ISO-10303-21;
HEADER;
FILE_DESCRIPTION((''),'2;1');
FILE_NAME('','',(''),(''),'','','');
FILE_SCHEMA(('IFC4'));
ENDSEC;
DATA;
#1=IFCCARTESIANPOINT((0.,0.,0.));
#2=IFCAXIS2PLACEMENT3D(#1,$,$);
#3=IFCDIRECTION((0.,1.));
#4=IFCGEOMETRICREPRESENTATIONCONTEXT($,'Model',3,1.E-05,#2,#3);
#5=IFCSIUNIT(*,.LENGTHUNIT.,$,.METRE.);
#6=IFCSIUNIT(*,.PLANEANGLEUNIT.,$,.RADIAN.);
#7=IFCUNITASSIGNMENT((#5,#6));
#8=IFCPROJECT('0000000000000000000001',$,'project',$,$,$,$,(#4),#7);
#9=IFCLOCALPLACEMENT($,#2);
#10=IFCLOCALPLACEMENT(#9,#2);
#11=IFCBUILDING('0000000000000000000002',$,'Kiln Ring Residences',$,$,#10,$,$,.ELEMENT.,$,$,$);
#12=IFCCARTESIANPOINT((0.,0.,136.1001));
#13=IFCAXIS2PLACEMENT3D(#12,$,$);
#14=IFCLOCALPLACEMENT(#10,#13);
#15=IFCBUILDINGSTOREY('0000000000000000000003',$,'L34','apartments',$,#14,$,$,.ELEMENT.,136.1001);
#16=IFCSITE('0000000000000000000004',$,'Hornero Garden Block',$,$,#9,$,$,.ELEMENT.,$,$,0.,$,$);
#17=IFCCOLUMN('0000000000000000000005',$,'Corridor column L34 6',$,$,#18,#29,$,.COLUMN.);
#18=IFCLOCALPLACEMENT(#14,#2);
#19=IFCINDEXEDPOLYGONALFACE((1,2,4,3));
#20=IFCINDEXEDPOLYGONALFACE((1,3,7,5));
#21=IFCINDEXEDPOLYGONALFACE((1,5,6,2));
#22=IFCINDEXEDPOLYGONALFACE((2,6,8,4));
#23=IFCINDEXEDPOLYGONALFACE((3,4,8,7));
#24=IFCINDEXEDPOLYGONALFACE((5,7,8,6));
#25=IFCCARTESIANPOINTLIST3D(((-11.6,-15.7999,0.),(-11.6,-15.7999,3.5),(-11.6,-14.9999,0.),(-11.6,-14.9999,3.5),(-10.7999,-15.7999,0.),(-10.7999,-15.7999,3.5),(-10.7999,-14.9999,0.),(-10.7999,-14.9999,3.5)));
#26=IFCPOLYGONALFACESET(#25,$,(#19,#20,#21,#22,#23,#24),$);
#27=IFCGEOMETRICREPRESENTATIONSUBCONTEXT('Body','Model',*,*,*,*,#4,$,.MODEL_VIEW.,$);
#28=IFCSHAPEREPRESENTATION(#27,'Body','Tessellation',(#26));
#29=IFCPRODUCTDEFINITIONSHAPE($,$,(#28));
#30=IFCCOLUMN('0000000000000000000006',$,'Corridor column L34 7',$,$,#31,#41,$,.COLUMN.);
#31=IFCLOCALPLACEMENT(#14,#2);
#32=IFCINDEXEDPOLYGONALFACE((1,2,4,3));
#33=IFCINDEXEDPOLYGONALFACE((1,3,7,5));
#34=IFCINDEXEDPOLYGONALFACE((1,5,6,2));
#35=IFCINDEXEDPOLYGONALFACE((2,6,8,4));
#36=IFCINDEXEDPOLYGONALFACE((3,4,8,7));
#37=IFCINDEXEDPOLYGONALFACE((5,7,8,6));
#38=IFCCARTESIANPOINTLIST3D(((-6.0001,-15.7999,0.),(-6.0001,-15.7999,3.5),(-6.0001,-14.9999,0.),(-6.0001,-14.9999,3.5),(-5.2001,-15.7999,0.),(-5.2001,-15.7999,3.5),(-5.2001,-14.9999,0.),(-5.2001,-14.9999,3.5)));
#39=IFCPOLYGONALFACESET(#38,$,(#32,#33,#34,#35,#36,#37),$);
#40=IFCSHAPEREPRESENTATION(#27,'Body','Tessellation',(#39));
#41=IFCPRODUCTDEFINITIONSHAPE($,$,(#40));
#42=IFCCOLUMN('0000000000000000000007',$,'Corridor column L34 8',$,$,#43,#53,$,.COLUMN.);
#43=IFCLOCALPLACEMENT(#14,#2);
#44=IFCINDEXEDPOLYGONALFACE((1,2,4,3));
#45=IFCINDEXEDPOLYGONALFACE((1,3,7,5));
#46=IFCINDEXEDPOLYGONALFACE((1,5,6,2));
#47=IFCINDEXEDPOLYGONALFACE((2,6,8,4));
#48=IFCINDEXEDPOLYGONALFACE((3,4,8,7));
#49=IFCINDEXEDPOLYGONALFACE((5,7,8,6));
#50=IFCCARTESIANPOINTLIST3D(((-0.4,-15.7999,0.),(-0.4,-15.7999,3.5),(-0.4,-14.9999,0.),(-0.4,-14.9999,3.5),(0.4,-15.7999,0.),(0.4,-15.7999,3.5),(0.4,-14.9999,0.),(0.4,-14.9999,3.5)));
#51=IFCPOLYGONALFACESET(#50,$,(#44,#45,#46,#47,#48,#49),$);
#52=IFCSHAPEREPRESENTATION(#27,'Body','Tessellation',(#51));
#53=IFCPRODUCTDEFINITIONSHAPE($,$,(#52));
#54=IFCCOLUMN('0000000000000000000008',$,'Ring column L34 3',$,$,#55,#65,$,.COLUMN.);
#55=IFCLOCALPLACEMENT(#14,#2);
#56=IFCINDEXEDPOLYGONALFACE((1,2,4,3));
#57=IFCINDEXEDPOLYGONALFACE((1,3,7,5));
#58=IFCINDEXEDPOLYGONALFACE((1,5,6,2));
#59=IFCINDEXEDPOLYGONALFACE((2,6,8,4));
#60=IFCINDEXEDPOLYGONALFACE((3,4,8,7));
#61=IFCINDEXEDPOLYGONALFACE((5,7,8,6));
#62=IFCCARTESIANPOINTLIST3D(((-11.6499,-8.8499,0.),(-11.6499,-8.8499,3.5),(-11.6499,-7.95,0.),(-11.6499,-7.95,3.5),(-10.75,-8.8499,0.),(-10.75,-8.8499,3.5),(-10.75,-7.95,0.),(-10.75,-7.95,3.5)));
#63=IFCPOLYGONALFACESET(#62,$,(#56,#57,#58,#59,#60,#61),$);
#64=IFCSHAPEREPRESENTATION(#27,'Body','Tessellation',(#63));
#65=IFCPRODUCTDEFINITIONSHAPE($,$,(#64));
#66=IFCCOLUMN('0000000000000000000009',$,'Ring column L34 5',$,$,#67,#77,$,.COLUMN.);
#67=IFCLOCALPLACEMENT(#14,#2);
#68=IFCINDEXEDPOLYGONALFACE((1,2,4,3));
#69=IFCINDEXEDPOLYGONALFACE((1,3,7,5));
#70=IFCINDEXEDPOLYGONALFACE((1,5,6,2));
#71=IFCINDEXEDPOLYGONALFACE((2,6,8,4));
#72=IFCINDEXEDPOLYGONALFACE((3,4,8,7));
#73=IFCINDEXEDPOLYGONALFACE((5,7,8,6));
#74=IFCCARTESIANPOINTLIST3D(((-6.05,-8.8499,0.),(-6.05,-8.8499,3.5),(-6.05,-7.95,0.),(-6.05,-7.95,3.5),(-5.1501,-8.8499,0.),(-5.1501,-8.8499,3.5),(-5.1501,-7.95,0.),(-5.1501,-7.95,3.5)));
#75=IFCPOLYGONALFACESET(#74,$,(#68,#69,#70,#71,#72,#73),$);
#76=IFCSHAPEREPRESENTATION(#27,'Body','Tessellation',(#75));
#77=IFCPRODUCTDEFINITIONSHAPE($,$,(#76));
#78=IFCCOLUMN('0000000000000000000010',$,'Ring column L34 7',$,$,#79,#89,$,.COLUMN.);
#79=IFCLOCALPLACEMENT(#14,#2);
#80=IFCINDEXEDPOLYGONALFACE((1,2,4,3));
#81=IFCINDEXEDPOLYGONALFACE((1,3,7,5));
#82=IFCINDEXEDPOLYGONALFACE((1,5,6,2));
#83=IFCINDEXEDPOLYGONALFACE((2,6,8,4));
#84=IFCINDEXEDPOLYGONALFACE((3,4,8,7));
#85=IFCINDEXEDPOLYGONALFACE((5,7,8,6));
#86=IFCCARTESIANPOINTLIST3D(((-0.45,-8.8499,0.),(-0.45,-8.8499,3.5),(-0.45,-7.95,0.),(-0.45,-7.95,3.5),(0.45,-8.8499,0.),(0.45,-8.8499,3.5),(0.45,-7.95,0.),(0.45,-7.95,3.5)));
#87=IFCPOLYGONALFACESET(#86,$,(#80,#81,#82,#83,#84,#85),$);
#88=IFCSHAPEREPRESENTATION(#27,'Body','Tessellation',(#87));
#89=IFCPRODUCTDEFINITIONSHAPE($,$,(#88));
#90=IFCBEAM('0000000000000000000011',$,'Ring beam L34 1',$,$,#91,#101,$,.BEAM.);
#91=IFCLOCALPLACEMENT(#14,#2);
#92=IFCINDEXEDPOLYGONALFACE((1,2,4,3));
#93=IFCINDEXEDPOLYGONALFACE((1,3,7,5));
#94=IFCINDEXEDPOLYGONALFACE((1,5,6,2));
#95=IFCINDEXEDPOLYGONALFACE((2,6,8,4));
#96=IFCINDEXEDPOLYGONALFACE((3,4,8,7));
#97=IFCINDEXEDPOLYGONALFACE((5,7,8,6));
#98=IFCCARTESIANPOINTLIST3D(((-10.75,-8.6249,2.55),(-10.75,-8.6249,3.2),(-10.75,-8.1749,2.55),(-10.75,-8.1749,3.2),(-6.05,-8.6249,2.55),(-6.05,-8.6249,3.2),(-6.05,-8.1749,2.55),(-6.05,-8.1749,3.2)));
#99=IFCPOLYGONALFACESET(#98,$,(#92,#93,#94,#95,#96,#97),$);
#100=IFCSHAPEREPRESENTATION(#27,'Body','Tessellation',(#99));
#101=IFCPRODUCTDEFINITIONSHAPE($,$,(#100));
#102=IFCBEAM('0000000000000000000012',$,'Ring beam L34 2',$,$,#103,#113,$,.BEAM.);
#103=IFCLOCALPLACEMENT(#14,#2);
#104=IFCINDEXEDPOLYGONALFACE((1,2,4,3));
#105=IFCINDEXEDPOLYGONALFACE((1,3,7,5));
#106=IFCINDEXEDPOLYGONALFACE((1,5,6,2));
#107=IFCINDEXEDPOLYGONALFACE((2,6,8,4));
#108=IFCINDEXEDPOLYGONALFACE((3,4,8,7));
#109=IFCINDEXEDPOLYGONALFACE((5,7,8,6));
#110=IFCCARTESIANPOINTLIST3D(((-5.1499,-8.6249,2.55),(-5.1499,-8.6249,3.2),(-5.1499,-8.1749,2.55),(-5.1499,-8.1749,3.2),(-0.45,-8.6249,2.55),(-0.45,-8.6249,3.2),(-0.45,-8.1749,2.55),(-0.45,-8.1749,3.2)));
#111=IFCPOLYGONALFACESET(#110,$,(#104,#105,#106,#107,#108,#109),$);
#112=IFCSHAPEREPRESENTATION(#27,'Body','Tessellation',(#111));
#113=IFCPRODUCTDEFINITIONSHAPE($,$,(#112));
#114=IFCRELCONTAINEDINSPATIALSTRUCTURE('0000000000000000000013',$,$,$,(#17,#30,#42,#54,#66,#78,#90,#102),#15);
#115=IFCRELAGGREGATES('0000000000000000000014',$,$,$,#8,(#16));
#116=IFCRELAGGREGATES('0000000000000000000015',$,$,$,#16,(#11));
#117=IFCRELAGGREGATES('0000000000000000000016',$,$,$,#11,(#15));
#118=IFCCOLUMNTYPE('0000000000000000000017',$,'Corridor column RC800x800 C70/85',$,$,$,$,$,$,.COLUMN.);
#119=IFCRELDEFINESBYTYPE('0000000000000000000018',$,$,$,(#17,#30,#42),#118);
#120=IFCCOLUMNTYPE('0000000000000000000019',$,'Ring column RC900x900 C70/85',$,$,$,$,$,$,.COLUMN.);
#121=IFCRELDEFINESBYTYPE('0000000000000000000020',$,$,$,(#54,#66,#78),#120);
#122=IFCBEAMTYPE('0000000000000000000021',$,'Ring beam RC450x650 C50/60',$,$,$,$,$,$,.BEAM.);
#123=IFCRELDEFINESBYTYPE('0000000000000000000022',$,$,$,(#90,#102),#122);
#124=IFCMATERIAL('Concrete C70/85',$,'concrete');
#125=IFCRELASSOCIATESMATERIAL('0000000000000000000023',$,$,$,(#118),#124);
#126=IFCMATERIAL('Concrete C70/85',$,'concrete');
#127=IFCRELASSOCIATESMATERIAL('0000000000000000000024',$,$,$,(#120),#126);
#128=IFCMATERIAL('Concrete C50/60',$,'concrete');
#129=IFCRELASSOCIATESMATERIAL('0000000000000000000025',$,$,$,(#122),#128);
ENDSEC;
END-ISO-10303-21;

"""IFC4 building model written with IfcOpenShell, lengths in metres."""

from ifc_helpers import new_model, si_unit, direction, frame, origin, origin_2d, place, context, subcontext, project, spatial, rectangle, extrude, material, material_profile, profile_set, type_object, element, save


model = new_model("IFC4")

# Units and contexts
model_context = context("Model", 3, precision=1e-05, world=origin(), true_north=direction((0.0, 1.0)))
body_context = subcontext(model_context, "Body", "Model", "MODEL_VIEW")
ifc_project = project(units=[si_unit("LENGTHUNIT", "METRE"), si_unit("PLANEANGLEUNIT", "RADIAN")], contexts=[model_context])

# Site, building, storey
site_placement = place(None, origin())
site = spatial("IfcSite", under=ifc_project, at=site_placement, Name="Hornero Garden Block", CompositionType="ELEMENT", RefElevation=0.0)
building_placement = place(site_placement, origin())
building = spatial("IfcBuilding", under=site, at=building_placement, Name="Kiln Ring Residences", CompositionType="ELEMENT")
storey_placement = place(building_placement, frame((0.0, 0.0, 136.1001)))
storey = spatial("IfcBuildingStorey", under=building, at=storey_placement, Name="L34", Description="apartments", CompositionType="ELEMENT", Elevation=136.1001)

# Columns
ifc_material_1 = material(Name="Concrete C70/85", Category="concrete")
ifc_material_profile_1 = material_profile(ifc_material_1, rectangle(XDim=0.8, YDim=0.8, at=origin_2d()), Name="RC800x800")
ifc_profile_set_1 = profile_set([ifc_material_profile_1], Name="Concrete C70/85")
column_type_1 = type_object("IfcColumnType", Name="Corridor column RC800x800 C70/85", PredefinedType="COLUMN", material=ifc_profile_set_1)
for number, where, z_axis, x_axis, name in (
    (1, (-11.2, -15.3999, 0.0), (0.0, 0.0, 1.0), (1.0, 0.0, 0.0), "Corridor column L34 6"),
    (2, (-5.6001, -15.3999, 0.0), (0.0, 0.0, 1.0), (1.0, 0.0, 0.0), "Corridor column L34 7"),
    (3, (0.0, -15.3999, 0.0), (0.0, 0.0, 1.0), (1.0, 0.0, 0.0), "Corridor column L34 8"),
):
    element("IfcColumn", number, at=place(storey_placement, frame(where, z_axis=z_axis, x_axis=x_axis)), inside=storey, type_object=column_type_1, Name=name, PredefinedType="COLUMN", context=body_context, shape_type="SweptSolid", body=[
        extrude(rectangle(XDim=0.8, YDim=0.8, at=origin_2d()), origin(), (0.0, 0.0, 1.0), 3.5),
    ])
ifc_material_2 = material(Name="Concrete C70/85", Category="concrete")
ifc_material_profile_2 = material_profile(ifc_material_2, rectangle(XDim=0.8999, YDim=0.8999, at=origin_2d()), Name="RC900x900")
ifc_profile_set_2 = profile_set([ifc_material_profile_2], Name="Concrete C70/85")
column_type_2 = type_object("IfcColumnType", Name="Ring column RC900x900 C70/85", PredefinedType="COLUMN", material=ifc_profile_set_2)
for number, where, z_axis, x_axis, name in (
    (4, (-11.2, -8.3999, 0.0), (0.0, 0.0, 1.0), (1.0, 0.0, 0.0), "Ring column L34 3"),
    (5, (-5.6001, -8.3999, 0.0), (0.0, 0.0, 1.0), (1.0, 0.0, 0.0), "Ring column L34 5"),
    (6, (0.0, -8.3999, 0.0), (0.0, 0.0, 1.0), (1.0, 0.0, 0.0), "Ring column L34 7"),
):
    element("IfcColumn", number, at=place(storey_placement, frame(where, z_axis=z_axis, x_axis=x_axis)), inside=storey, type_object=column_type_2, Name=name, PredefinedType="COLUMN", context=body_context, shape_type="SweptSolid", body=[
        extrude(rectangle(XDim=0.8999, YDim=0.8999, at=origin_2d()), origin(), (0.0, 0.0, 1.0), 3.5),
    ])

# Beams
ifc_material_3 = material(Name="Concrete C50/60", Category="concrete")
ifc_material_profile_3 = material_profile(ifc_material_3, rectangle(XDim=0.45, YDim=0.6499, at=origin_2d()), Name="RC450x650")
ifc_profile_set_3 = profile_set([ifc_material_profile_3], Name="Concrete C50/60")
beam_type = type_object("IfcBeamType", Name="Ring beam RC450x650 C50/60", PredefinedType="BEAM", material=ifc_profile_set_3)
for number, where, z_axis, x_axis, name in (
    (7, (-10.75, -8.3999, 2.875), (1.0, 0.0, 0.0), (0.0, 1.0, 0.0), "Ring beam L34 1"),
    (8, (-5.1499, -8.3999, 2.875), (1.0, 0.0, 0.0), (0.0, 1.0, 0.0), "Ring beam L34 2"),
):
    element("IfcBeam", number, at=place(storey_placement, frame(where, z_axis=z_axis, x_axis=x_axis)), inside=storey, type_object=beam_type, Name=name, PredefinedType="BEAM", context=body_context, shape_type="SweptSolid", body=[
        extrude(rectangle(XDim=0.45, YDim=0.6499, at=origin_2d()), origin(), (0.0, 0.0, 1.0), 4.7),
    ])

save(model, "model.ifc")
